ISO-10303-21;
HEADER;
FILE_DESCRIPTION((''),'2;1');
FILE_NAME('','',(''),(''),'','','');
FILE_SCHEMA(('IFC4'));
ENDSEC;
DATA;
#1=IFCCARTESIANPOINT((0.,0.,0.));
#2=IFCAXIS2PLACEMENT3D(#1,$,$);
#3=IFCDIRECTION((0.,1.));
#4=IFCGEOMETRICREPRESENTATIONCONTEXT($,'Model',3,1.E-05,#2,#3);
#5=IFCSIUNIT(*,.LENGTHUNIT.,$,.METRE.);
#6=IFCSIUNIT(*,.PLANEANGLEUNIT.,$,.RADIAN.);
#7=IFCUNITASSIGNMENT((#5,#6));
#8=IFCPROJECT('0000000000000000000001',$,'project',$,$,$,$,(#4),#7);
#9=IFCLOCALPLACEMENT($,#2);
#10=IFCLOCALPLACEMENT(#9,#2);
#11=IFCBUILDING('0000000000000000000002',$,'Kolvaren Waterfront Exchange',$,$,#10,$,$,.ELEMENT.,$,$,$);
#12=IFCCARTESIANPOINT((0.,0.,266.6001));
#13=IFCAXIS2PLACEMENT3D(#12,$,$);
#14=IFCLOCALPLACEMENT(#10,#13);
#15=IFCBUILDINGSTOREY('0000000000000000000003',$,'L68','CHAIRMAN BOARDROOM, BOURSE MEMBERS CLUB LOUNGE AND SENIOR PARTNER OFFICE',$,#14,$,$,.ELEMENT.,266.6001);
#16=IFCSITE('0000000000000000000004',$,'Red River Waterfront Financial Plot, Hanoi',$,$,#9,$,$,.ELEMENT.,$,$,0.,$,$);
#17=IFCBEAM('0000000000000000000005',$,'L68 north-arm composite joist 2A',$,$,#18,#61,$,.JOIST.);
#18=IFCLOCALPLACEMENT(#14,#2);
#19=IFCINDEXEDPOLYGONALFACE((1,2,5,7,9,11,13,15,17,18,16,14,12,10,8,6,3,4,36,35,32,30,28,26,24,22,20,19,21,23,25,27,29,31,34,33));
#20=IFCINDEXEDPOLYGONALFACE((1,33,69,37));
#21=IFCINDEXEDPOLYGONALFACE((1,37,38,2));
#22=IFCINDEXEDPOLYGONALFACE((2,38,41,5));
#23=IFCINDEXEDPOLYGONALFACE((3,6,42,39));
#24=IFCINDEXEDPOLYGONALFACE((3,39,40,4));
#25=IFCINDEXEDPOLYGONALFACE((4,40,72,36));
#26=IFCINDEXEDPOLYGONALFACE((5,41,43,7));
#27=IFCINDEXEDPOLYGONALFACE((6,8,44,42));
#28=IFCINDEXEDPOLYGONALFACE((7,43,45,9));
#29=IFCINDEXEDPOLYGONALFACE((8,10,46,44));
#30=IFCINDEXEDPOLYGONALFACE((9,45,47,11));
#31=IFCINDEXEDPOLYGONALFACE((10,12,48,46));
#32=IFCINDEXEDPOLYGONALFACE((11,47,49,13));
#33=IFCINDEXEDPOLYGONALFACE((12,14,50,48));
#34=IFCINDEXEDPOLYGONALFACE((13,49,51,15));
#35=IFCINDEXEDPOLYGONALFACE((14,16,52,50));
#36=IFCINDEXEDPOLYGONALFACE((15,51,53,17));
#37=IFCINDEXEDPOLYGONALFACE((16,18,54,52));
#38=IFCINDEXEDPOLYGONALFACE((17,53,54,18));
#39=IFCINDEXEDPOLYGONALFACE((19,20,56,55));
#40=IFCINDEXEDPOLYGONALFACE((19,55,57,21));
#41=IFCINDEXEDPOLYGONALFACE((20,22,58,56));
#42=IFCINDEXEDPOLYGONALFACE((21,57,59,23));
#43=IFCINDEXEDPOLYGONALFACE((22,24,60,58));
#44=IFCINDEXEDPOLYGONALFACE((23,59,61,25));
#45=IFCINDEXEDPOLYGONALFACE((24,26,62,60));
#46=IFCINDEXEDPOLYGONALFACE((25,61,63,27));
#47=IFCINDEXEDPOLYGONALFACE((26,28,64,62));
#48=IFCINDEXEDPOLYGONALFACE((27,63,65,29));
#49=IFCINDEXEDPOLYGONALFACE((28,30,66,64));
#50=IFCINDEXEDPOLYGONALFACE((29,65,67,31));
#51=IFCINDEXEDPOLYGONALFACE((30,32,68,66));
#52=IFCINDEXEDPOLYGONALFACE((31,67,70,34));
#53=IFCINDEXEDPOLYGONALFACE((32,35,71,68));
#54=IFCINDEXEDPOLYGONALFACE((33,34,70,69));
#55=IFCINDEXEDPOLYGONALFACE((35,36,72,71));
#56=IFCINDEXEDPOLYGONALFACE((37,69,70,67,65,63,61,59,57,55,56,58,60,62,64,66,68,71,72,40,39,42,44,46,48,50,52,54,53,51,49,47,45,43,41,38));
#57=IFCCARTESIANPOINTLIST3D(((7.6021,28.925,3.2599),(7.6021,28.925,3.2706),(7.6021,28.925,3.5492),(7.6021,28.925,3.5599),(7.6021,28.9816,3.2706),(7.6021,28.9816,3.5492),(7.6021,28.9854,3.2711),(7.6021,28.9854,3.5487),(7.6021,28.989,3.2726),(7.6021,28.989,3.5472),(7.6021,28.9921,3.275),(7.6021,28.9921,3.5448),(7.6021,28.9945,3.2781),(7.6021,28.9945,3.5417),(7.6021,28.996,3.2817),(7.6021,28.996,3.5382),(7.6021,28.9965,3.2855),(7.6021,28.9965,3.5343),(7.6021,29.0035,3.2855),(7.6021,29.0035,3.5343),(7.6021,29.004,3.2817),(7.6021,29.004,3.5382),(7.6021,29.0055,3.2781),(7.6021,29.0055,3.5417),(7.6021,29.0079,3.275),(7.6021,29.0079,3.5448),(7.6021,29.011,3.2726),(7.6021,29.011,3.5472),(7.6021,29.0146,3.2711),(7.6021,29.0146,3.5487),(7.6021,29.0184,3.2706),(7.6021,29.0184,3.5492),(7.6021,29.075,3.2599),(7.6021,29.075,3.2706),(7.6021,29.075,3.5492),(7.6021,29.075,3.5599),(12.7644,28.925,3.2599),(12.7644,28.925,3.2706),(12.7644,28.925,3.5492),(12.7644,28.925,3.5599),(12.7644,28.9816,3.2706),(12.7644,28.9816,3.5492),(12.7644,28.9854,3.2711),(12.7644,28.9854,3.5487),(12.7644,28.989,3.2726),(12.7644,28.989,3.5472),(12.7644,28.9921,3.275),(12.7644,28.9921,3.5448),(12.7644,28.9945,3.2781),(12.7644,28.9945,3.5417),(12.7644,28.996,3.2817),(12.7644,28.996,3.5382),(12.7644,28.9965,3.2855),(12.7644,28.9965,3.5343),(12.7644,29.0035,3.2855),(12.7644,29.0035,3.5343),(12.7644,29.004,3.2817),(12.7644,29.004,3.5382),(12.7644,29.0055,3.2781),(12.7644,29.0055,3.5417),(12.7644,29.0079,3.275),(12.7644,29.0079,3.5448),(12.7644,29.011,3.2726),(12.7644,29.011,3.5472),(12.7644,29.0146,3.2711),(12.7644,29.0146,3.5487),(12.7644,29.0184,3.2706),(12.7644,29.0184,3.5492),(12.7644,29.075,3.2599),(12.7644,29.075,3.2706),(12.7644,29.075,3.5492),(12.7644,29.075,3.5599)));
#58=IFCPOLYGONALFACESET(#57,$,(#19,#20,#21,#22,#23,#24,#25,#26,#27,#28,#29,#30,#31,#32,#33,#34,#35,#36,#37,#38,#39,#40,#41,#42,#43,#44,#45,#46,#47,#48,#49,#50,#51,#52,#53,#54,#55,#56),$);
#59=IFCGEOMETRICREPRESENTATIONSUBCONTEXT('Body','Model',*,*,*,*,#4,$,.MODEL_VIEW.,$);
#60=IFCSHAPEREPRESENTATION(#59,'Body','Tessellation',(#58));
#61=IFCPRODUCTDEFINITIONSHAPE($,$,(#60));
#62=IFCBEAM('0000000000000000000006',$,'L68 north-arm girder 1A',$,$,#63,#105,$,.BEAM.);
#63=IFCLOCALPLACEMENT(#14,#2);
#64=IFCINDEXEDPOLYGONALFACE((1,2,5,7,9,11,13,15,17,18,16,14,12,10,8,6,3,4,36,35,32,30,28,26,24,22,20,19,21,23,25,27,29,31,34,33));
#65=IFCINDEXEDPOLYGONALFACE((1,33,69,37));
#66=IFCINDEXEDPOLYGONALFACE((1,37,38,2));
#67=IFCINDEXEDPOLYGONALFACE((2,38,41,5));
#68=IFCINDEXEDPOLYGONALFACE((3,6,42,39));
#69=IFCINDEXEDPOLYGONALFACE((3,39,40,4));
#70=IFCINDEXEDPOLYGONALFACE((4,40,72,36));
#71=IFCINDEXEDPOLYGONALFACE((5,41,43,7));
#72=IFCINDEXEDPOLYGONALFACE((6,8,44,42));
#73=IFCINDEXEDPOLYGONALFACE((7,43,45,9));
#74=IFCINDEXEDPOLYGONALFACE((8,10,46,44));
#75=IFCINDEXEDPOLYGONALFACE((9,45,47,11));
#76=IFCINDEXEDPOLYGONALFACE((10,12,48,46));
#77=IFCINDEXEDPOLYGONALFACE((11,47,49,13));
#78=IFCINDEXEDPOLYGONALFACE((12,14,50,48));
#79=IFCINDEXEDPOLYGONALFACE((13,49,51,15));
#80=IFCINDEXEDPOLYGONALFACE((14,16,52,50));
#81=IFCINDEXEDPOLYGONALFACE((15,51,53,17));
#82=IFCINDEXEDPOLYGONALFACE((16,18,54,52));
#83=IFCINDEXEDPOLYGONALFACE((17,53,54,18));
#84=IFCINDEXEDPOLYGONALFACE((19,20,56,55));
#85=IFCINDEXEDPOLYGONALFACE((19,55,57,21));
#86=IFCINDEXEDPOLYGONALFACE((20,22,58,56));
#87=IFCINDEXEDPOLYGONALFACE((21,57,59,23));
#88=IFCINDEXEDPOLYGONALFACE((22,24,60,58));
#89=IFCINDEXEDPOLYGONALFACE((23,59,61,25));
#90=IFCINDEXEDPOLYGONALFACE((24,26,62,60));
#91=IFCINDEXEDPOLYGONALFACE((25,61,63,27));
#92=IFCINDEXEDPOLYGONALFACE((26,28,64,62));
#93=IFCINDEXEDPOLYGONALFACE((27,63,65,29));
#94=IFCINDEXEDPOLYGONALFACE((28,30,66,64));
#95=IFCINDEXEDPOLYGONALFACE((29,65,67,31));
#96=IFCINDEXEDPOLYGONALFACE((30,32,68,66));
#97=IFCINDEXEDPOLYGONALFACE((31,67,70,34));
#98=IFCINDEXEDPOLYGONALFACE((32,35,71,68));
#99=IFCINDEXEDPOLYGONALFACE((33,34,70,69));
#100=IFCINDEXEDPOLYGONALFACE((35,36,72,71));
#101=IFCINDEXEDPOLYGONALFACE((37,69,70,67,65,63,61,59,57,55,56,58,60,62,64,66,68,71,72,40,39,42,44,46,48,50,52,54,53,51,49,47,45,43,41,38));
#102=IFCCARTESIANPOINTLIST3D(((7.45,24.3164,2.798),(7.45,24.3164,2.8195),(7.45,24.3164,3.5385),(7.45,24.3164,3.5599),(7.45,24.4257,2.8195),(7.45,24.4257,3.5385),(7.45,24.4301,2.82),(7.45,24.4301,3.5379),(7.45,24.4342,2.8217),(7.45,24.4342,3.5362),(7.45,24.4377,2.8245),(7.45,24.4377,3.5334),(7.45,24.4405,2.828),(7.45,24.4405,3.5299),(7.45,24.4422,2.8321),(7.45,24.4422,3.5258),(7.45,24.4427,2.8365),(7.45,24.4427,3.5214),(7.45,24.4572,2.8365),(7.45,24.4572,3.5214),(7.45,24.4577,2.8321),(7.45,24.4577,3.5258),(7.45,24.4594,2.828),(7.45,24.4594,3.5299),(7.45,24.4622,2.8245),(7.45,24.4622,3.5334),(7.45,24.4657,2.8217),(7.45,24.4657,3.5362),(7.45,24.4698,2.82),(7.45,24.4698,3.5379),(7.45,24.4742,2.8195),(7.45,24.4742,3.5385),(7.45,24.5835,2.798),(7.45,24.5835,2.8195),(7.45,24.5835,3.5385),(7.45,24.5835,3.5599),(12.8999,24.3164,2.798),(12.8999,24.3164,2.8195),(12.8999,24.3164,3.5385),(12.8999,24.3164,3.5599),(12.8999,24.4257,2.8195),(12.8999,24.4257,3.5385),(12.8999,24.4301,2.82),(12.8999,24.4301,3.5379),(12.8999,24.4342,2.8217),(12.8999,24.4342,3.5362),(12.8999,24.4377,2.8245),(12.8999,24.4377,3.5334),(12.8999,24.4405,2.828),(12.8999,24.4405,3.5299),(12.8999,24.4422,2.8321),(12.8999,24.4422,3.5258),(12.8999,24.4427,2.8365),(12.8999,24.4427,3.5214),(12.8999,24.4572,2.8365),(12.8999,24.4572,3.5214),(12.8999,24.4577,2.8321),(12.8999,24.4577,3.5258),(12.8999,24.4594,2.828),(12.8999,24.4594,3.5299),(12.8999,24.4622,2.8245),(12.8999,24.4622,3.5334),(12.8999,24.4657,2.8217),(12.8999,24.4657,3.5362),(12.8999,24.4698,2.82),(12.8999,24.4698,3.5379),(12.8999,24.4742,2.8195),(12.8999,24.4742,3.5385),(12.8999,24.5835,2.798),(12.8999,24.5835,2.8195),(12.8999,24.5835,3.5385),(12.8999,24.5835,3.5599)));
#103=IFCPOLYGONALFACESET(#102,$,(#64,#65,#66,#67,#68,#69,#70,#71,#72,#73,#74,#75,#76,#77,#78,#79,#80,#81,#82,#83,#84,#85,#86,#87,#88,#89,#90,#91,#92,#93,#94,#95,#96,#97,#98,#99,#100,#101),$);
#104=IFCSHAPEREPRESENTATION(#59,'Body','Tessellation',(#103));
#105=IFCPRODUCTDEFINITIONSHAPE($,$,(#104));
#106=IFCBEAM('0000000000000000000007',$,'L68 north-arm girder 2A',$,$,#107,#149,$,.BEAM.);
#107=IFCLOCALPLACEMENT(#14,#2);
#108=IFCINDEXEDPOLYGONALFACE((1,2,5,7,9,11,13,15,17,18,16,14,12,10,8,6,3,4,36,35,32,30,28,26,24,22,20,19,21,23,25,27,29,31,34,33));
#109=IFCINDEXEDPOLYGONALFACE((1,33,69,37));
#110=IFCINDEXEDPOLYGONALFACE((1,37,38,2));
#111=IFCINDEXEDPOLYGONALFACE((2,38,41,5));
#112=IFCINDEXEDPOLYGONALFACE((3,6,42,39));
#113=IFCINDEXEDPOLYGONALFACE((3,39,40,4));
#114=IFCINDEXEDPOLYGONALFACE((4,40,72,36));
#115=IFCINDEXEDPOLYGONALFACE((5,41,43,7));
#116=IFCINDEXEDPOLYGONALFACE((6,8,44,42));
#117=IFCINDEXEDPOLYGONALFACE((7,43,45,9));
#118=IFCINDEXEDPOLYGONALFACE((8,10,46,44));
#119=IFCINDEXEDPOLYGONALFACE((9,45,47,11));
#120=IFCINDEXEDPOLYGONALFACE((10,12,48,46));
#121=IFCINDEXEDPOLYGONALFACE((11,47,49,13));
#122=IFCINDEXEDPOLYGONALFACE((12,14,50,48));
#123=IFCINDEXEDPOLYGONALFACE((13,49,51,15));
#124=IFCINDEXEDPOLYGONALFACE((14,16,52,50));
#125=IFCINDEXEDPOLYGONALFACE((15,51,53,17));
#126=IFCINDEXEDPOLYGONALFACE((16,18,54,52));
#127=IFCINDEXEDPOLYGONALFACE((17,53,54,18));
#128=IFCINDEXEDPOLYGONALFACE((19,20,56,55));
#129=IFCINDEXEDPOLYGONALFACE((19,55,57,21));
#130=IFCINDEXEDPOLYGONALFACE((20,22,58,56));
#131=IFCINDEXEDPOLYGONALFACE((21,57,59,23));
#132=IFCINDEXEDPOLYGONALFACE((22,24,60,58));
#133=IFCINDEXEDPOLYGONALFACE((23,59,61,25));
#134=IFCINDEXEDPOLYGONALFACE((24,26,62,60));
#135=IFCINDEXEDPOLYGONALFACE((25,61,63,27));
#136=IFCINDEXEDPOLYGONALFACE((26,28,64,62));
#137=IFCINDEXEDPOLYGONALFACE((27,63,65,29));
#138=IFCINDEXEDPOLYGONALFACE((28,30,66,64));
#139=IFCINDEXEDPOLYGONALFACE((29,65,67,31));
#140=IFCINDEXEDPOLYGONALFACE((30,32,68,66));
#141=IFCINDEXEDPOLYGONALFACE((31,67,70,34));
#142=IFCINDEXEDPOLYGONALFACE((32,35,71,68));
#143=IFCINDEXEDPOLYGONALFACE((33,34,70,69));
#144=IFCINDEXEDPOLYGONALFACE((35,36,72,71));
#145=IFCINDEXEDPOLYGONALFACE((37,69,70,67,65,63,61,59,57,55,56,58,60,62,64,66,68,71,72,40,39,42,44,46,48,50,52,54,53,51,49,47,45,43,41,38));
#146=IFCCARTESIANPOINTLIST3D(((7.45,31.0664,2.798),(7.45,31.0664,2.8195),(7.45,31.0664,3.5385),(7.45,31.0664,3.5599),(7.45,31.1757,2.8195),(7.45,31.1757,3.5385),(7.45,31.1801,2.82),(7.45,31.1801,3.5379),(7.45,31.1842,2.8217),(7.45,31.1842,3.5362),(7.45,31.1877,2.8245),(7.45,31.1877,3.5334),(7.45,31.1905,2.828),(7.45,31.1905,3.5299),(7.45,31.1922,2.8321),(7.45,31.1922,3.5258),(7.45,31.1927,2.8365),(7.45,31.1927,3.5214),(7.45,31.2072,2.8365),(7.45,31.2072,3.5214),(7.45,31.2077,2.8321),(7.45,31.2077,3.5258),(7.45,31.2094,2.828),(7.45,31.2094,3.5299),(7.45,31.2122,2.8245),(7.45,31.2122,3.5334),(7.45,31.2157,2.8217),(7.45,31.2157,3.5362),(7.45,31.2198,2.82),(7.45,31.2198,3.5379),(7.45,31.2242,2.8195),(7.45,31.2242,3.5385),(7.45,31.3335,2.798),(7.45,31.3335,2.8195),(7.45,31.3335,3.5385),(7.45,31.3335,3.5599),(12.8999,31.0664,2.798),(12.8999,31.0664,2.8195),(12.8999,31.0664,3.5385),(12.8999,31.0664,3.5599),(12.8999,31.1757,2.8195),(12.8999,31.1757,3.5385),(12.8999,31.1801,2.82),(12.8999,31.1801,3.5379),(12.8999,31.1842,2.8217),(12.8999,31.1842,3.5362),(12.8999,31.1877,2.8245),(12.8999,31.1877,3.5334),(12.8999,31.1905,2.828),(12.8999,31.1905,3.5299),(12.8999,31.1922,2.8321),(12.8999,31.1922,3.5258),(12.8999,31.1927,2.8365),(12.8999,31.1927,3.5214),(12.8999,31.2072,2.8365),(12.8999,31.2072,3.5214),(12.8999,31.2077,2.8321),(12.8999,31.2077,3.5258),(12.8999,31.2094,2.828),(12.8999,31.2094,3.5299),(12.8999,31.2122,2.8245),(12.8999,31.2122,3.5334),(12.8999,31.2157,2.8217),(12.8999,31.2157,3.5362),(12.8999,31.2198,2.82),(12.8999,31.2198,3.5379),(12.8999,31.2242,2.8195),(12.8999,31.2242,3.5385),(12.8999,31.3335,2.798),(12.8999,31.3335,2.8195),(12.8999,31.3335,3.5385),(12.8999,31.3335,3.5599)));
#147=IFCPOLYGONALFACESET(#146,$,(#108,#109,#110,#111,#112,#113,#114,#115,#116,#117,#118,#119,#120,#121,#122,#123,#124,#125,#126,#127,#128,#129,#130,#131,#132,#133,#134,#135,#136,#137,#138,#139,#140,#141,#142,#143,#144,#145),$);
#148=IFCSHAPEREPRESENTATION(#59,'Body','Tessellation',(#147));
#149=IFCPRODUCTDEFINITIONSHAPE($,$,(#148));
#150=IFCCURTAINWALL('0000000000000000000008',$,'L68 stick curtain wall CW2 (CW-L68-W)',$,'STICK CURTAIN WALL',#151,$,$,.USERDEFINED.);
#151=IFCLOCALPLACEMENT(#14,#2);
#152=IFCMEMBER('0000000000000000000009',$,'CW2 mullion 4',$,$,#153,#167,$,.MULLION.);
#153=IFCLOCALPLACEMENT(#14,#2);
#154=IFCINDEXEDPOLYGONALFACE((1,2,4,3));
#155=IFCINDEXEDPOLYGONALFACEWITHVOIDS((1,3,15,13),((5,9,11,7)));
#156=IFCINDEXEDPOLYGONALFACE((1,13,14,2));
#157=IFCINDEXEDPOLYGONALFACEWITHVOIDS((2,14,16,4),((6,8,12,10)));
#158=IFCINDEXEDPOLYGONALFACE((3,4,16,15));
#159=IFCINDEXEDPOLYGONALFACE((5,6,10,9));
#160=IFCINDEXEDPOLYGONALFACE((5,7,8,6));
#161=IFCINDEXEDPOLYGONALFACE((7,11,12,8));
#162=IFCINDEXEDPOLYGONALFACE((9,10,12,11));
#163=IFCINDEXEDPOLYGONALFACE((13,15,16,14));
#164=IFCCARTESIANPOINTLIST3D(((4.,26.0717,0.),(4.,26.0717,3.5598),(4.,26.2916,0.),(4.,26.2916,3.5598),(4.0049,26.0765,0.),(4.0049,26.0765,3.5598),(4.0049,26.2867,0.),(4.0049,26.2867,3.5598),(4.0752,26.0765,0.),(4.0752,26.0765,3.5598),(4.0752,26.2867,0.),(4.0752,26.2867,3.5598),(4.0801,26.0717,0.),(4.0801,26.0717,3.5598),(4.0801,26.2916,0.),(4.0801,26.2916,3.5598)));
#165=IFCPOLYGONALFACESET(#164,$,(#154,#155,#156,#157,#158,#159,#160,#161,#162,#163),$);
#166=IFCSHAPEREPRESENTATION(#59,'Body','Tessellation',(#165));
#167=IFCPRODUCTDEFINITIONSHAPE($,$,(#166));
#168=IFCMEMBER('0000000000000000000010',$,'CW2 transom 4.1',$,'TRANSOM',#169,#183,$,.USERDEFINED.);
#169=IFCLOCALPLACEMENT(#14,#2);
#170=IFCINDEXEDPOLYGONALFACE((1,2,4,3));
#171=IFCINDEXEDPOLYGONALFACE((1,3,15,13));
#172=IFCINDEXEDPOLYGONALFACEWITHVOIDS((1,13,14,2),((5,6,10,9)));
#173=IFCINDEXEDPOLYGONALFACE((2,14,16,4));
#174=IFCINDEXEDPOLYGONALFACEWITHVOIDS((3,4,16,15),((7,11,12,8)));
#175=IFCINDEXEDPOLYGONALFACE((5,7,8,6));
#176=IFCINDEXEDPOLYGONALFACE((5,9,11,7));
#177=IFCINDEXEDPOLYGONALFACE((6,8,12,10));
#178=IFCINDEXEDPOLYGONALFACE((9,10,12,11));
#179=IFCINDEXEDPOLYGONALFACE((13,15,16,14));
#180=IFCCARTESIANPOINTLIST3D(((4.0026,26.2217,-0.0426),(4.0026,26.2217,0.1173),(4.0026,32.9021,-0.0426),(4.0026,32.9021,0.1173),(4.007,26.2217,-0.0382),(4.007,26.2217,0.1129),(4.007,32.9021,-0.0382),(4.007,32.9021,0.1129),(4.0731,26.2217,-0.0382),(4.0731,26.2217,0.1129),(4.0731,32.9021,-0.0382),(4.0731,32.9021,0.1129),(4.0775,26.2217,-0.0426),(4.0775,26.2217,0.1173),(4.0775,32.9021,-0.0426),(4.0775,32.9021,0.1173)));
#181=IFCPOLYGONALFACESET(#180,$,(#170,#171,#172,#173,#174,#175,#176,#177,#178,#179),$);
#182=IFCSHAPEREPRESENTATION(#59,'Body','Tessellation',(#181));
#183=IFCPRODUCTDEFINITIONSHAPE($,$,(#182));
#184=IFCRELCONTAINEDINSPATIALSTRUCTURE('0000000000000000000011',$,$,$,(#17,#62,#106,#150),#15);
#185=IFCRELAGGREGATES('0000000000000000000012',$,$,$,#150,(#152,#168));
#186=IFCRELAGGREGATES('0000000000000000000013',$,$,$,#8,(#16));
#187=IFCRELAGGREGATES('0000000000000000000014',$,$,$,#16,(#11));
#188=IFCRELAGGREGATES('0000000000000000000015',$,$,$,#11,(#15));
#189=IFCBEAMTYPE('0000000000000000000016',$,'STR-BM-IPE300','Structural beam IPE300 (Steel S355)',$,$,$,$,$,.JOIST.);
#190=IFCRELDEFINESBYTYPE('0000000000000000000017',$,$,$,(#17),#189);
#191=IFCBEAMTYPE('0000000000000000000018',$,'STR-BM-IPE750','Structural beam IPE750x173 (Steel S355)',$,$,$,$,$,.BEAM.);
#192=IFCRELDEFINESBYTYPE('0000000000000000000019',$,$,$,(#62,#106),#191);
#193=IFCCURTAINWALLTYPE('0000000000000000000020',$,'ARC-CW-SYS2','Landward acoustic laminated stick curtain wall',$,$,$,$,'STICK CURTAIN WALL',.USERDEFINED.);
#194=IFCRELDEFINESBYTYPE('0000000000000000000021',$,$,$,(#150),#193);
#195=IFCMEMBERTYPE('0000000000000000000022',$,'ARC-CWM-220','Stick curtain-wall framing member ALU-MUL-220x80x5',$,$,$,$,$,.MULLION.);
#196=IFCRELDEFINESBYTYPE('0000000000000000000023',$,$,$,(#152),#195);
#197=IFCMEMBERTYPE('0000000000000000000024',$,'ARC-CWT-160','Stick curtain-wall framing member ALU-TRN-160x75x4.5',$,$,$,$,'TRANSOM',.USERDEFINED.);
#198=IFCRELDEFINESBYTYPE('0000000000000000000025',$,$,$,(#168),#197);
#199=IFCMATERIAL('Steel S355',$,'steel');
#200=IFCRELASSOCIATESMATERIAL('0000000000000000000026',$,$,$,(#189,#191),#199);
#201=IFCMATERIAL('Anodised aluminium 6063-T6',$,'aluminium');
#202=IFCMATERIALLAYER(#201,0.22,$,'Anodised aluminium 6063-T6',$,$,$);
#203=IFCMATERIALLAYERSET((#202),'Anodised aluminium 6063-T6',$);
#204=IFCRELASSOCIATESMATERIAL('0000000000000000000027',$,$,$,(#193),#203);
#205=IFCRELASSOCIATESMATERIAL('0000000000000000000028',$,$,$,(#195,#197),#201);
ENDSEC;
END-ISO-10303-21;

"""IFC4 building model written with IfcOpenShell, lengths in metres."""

from ifc_helpers import new_model, si_unit, direction, frame, origin, origin_with_axes, origin_2d, place, context, subcontext, project, spatial, hollow_rectangle, i_section, extrude, source, transform, mapped, material, layer, layer_set, material_profile, profile_set, type_object, element, aggregate, save


model = new_model("IFC4")

# Units and contexts
model_context = context("Model", 3, precision=1e-05, world=origin(), true_north=direction((0.0, 1.0)))
body_context = subcontext(model_context, "Body", "Model", "MODEL_VIEW")
ifc_project = project(units=[si_unit("LENGTHUNIT", "METRE"), si_unit("PLANEANGLEUNIT", "RADIAN")], contexts=[model_context])

# Site, building, storey
site_placement = place(None, origin())
site = spatial("IfcSite", under=ifc_project, at=site_placement, Name="Red River Waterfront Financial Plot, Hanoi", CompositionType="ELEMENT", RefElevation=0.0)
building_placement = place(site_placement, origin())
building = spatial("IfcBuilding", under=site, at=building_placement, Name="Kolvaren Waterfront Exchange", CompositionType="ELEMENT")
storey_placement = place(building_placement, frame((0.0, 0.0, 266.6001)))
storey = spatial("IfcBuildingStorey", under=building, at=storey_placement, Name="L68", Description="CHAIRMAN BOARDROOM, BOURSE MEMBERS CLUB LOUNGE AND SENIOR PARTNER OFFICE", CompositionType="ELEMENT", Elevation=266.6001)

# Beams
ifc_material_1 = material(Name="Steel S355", Category="steel")
ifc_material_profile_1 = material_profile(ifc_material_1, i_section(OverallWidth=0.1499, OverallDepth=0.3, WebThickness=0.0071, FlangeThickness=0.0107, FilletRadius=0.0149, at=origin_2d()), Name="IPE300")
ifc_profile_set_1 = profile_set([ifc_material_profile_1], Name="Steel S355")
beam_type_1 = type_object("IfcBeamType", Name="STR-BM-IPE300", Description="Structural beam IPE300 (Steel S355)", PredefinedType="JOIST", material=ifc_profile_set_1)
for number, where, z_axis, x_axis, name in (
    (1, (7.6021, 29.0, 3.4099), (1.0, 0.0, 0.0), (0.0, 1.0, 0.0), "L68 north-arm composite joist 2A"),
):
    element("IfcBeam", number, at=place(storey_placement, frame(where, z_axis=z_axis, x_axis=x_axis)), inside=storey, type_object=beam_type_1, Name=name, PredefinedType="JOIST", context=body_context, shape_type="SweptSolid", body=[
        extrude(i_section(OverallWidth=0.1499, OverallDepth=0.3, WebThickness=0.0071, FlangeThickness=0.0107, FilletRadius=0.0149, at=origin_2d()), origin(), (0.0, 0.0, 1.0), 5.1624),
    ])
ifc_material_profile_2 = material_profile(ifc_material_1, i_section(OverallWidth=0.2671, OverallDepth=0.762, WebThickness=0.0144, FlangeThickness=0.0215, FilletRadius=0.0171, at=origin_2d()), Name="IPE750x173")
ifc_profile_set_2 = profile_set([ifc_material_profile_2], Name="Steel S355")
beam_type_2 = type_object("IfcBeamType", Name="STR-BM-IPE750", Description="Structural beam IPE750x173 (Steel S355)", PredefinedType="BEAM", material=ifc_profile_set_2)
for number, where, z_axis, x_axis, name in (
    (2, (7.45, 24.45, 3.179), (1.0, 0.0, 0.0), (0.0, 1.0, 0.0), "L68 north-arm girder 1A"),
    (3, (7.45, 31.2, 3.179), (1.0, 0.0, 0.0), (0.0, 1.0, 0.0), "L68 north-arm girder 2A"),
):
    element("IfcBeam", number, at=place(storey_placement, frame(where, z_axis=z_axis, x_axis=x_axis)), inside=storey, type_object=beam_type_2, Name=name, PredefinedType="BEAM", context=body_context, shape_type="SweptSolid", body=[
        extrude(i_section(OverallWidth=0.2671, OverallDepth=0.762, WebThickness=0.0144, FlangeThickness=0.0215, FilletRadius=0.0171, at=origin_2d()), origin(), (0.0, 0.0, 1.0), 5.45),
    ])

# Curtain wall, members
ifc_material_2 = material(Name="Anodised aluminium 6063-T6", Category="aluminium")
ifc_layer_1 = layer(ifc_material_2, 0.22, Name="Anodised aluminium 6063-T6")
ifc_layer_set_1 = layer_set([ifc_layer_1], Name="Anodised aluminium 6063-T6")
curtain_wall_type = type_object("IfcCurtainWallType", Name="ARC-CW-SYS2", Description="Landward acoustic laminated stick curtain wall", ElementType="STICK CURTAIN WALL", PredefinedType="USERDEFINED", material=ifc_layer_set_1)
curtain_wall_placement = place(storey_placement, origin())
curtain_wall = element("IfcCurtainWall", 4, at=curtain_wall_placement, inside=storey, type_object=curtain_wall_type, Name="L68 stick curtain wall CW2 (CW-L68-W)", ObjectType="STICK CURTAIN WALL", PredefinedType="USERDEFINED")
ifc_material_profile_3 = material_profile(ifc_material_2, hollow_rectangle(XDim=0.0801, YDim=0.22, WallThickness=0.0049, at=origin_2d()), Name="ALU-MUL-220x80x5")
ifc_profile_set_3 = profile_set([ifc_material_profile_3], Name="Anodised aluminium 6063-T6")
member_type_1 = type_object("IfcMemberType", Name="ARC-CWM-220", Description="Stick curtain-wall framing member ALU-MUL-220x80x5", PredefinedType="MULLION", material=ifc_profile_set_3)
shared_shape_1 = source(origin_with_axes(), body_context, "Body", "SweptSolid", [
    extrude(hollow_rectangle(XDim=0.0801, YDim=0.22, WallThickness=0.0049, at=origin_2d()), origin(), (0.0, 0.0, 1.0), 3.5598),
])
member_1_placement = place(storey_placement, frame((4.04, 26.1816, 0.0), z_axis=(0.0, 0.0, 1.0), x_axis=(-1.0, 0.0, 0.0)))
member_1 = element("IfcMember", 5, at=member_1_placement, type_object=member_type_1, Name="CW2 mullion 4", PredefinedType="MULLION", context=body_context, shape_type="MappedRepresentation", body=[
    mapped(shared_shape_1, transform((0.0, 0.0, 0.0), x_axis=(1.0, 0.0, 0.0), y_axis=(0.0, 1.0, 0.0), z_axis=(0.0, 0.0, 1.0), scale=1.0)),
])
ifc_material_profile_4 = material_profile(ifc_material_2, hollow_rectangle(XDim=0.075, YDim=0.1599, WallThickness=0.0044, at=origin_2d()), Name="ALU-TRN-160x75x4.5")
ifc_profile_set_4 = profile_set([ifc_material_profile_4], Name="Anodised aluminium 6063-T6")
member_type_2 = type_object("IfcMemberType", Name="ARC-CWT-160", Description="Stick curtain-wall framing member ALU-TRN-160x75x4.5", ElementType="TRANSOM", PredefinedType="USERDEFINED", material=ifc_profile_set_4)
shared_shape_2 = source(origin_with_axes(), body_context, "Body", "SweptSolid", [
    extrude(hollow_rectangle(XDim=0.075, YDim=0.1599, WallThickness=0.0044, at=origin_2d()), origin(), (0.0, 0.0, 1.0), 6.6804),
])
member_2_placement = place(storey_placement, frame((4.04, 26.2217, 0.0374), z_axis=(0.0, 1.0, 0.0), x_axis=(-1.0, 0.0, 0.0)))
member_2 = element("IfcMember", 6, at=member_2_placement, type_object=member_type_2, Name="CW2 transom 4.1", ObjectType="TRANSOM", PredefinedType="USERDEFINED", context=body_context, shape_type="MappedRepresentation", body=[
    mapped(shared_shape_2, transform((0.0, 0.0, 0.0), x_axis=(1.0, 0.0, 0.0), y_axis=(0.0, 1.0, 0.0), z_axis=(0.0, 0.0, 1.0), scale=1.0)),
])
aggregate(curtain_wall, [member_1, member_2])

save(model, "model.ifc")
